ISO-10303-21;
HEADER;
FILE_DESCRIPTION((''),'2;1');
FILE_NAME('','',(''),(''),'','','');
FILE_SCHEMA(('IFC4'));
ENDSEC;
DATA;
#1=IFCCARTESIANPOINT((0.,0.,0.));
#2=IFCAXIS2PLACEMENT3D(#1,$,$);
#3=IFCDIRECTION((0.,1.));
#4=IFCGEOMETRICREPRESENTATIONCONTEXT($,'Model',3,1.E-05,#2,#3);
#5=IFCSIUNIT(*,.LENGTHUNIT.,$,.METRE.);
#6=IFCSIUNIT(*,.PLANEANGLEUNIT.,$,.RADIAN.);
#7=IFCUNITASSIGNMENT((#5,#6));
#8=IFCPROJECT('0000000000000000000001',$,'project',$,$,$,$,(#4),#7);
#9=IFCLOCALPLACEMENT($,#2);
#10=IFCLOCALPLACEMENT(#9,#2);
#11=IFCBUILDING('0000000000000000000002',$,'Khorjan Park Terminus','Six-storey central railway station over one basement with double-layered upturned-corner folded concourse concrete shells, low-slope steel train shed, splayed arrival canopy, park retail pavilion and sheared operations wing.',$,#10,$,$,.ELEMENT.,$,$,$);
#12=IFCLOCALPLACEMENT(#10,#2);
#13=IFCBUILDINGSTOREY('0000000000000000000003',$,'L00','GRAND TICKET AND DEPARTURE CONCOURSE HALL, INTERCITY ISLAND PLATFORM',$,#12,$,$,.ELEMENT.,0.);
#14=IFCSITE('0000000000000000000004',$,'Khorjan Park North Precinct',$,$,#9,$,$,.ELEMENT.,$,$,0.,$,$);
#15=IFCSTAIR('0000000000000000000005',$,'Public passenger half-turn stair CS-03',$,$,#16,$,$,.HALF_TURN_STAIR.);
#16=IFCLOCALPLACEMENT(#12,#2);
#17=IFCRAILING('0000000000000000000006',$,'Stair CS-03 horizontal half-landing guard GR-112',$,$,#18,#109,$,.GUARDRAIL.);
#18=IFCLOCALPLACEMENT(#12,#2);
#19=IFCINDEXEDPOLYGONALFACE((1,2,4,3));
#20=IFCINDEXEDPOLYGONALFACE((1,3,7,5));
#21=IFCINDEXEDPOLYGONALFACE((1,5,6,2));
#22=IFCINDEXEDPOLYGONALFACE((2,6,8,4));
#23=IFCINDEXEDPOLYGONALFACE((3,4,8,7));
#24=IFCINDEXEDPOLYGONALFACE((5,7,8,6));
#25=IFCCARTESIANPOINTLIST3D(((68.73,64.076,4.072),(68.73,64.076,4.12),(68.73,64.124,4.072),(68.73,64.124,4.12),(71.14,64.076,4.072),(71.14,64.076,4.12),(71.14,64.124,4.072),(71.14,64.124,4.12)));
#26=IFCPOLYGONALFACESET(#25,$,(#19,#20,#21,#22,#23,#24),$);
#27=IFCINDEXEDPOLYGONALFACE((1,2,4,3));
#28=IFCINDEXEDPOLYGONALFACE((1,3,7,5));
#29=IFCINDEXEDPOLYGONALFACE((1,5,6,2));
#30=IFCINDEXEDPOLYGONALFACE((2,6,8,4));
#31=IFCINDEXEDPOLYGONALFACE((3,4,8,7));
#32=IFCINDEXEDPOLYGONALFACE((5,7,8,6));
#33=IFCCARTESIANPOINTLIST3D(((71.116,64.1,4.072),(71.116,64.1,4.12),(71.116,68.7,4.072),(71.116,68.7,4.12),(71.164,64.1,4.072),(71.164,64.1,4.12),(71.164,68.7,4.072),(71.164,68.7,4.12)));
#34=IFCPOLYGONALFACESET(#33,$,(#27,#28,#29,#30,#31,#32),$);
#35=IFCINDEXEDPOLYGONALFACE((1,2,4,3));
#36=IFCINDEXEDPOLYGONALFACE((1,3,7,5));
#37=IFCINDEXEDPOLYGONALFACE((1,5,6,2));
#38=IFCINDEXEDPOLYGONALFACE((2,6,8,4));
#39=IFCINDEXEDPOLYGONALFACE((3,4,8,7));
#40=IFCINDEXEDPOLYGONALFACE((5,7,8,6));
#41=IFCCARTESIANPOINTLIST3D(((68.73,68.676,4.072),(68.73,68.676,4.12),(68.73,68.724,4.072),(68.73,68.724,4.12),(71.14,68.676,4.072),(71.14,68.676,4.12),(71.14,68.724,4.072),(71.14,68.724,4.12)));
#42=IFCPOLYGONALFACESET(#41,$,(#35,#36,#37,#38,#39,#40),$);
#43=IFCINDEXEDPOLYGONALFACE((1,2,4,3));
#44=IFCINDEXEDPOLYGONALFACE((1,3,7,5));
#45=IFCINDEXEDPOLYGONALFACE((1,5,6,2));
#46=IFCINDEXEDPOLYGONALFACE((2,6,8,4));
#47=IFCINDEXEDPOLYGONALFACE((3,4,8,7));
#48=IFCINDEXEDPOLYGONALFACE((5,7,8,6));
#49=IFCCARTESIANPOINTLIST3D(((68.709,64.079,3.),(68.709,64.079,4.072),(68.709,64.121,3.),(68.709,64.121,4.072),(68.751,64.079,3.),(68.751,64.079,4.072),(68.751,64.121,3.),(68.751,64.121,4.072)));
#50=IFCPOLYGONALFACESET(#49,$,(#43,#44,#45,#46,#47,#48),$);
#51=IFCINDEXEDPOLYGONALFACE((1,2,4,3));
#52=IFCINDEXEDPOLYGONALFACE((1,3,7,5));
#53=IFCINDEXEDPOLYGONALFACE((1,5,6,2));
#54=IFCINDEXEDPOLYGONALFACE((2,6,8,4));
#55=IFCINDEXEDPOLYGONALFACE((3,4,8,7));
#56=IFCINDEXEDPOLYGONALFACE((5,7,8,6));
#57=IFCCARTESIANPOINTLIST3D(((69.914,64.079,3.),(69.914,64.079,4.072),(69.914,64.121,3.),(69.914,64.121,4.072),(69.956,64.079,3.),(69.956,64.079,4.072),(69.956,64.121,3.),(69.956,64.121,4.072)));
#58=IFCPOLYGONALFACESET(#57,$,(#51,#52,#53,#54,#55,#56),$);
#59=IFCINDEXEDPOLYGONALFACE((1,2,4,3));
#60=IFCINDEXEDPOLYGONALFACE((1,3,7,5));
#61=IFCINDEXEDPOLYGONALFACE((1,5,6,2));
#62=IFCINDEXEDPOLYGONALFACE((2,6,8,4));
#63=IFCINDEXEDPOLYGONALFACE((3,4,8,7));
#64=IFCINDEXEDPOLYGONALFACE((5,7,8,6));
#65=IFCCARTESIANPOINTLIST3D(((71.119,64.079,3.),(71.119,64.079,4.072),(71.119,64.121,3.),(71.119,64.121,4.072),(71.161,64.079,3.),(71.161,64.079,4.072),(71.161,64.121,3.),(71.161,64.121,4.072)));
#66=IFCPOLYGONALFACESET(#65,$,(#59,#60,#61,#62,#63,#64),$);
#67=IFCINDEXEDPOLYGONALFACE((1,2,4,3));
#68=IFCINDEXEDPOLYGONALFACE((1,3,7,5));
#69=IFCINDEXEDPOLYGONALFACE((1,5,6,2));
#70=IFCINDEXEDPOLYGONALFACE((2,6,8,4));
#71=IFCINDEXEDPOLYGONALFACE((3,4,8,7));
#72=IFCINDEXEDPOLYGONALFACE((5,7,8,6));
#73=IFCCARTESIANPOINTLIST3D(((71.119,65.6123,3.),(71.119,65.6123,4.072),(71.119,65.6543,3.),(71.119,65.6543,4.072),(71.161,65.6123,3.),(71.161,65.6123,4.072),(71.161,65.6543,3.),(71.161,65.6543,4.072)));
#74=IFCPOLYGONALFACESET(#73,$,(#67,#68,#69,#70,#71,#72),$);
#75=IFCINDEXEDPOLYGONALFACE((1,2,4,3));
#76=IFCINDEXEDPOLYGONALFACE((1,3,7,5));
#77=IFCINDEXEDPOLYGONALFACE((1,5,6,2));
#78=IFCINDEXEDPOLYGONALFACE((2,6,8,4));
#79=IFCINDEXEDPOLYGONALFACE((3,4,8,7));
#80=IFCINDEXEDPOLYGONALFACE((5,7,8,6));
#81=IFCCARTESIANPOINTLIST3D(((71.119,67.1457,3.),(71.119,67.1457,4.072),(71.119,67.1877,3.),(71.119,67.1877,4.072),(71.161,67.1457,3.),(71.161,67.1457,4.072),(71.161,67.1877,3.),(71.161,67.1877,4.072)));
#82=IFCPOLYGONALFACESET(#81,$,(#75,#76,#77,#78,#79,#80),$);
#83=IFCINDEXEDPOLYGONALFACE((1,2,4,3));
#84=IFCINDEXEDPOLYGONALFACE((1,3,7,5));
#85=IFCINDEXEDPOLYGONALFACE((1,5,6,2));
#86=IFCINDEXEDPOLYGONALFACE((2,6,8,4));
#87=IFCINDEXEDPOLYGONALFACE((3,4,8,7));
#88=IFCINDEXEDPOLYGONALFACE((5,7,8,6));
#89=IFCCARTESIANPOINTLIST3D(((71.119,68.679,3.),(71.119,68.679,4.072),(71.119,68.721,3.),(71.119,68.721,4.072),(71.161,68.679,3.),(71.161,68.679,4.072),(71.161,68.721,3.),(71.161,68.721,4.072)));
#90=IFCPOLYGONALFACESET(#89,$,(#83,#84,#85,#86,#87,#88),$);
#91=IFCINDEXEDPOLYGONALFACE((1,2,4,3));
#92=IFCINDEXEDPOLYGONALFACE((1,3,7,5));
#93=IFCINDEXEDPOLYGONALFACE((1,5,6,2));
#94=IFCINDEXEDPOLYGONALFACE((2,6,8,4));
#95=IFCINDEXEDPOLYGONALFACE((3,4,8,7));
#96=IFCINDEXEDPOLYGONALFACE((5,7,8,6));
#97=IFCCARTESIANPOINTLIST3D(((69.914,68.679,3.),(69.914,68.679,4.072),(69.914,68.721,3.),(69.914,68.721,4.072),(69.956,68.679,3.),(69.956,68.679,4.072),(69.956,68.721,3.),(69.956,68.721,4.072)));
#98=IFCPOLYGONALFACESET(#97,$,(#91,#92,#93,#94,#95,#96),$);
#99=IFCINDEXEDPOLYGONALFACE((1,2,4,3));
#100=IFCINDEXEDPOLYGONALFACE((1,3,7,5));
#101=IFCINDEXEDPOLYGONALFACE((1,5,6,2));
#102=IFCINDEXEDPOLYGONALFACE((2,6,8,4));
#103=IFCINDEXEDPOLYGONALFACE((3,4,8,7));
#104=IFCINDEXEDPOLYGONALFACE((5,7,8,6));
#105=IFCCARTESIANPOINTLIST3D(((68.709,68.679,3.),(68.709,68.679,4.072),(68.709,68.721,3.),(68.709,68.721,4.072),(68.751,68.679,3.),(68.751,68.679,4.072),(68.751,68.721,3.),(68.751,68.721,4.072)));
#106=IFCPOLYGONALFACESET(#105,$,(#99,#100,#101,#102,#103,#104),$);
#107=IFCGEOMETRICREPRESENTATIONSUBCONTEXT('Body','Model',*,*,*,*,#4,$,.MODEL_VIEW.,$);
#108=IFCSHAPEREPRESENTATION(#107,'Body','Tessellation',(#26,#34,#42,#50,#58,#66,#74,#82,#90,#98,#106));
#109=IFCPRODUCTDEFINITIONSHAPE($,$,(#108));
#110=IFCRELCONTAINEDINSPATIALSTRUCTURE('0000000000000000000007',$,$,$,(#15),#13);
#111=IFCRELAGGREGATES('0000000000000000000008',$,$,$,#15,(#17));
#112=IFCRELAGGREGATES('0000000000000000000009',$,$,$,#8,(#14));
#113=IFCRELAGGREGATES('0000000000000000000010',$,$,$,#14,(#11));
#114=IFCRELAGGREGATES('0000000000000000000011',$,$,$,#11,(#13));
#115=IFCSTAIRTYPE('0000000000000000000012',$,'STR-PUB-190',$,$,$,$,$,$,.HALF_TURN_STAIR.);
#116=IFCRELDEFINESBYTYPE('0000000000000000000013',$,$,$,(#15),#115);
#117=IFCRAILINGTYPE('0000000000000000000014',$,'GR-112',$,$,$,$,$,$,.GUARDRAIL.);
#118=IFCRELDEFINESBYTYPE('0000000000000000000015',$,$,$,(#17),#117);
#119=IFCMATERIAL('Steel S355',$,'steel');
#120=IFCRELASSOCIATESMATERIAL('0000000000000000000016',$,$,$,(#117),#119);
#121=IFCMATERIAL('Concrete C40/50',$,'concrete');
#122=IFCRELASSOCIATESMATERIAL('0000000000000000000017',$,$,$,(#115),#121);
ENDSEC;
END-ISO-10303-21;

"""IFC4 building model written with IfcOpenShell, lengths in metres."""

from ifc_helpers import new_model, si_unit, direction, frame, origin, origin_2d, place, context, subcontext, project, spatial, rectangle, extrude, material, type_object, element, aggregate, save


model = new_model("IFC4")

# Units and contexts
model_context = context("Model", 3, precision=1e-05, world=origin(), true_north=direction((0.0, 1.0)))
body_context = subcontext(model_context, "Body", "Model", "MODEL_VIEW")
ifc_project = project(units=[si_unit("LENGTHUNIT", "METRE"), si_unit("PLANEANGLEUNIT", "RADIAN")], contexts=[model_context])

# Site, building, storey
site_placement = place(None, origin())
site = spatial("IfcSite", under=ifc_project, at=site_placement, Name="Khorjan Park North Precinct", CompositionType="ELEMENT", RefElevation=0.0)
building_placement = place(site_placement, origin())
building = spatial("IfcBuilding", under=site, at=building_placement, Name="Khorjan Park Terminus", Description="Six-storey central railway station over one basement with double-layered upturned-corner folded concourse concrete shells, low-slope steel train shed, splayed arrival canopy, park retail pavilion and sheared operations wing.", CompositionType="ELEMENT")
storey_placement = place(building_placement, origin())
storey = spatial("IfcBuildingStorey", under=building, at=storey_placement, Name="L00", Description="GRAND TICKET AND DEPARTURE CONCOURSE HALL, INTERCITY ISLAND PLATFORM", CompositionType="ELEMENT", Elevation=0.0)

# Shared definitions
ifc_material_1 = material(Name="Steel S355", Category="steel")

# Shared definitions
ifc_material_2 = material(Name="Concrete C40/50", Category="concrete")

# Shared definitions
railing_type_1 = type_object("IfcRailingType", Name="GR-112", PredefinedType="GUARDRAIL", material=ifc_material_1)

# Stair, railing
stair_type = type_object("IfcStairType", Name="STR-PUB-190", PredefinedType="HALF_TURN_STAIR", material=ifc_material_2)
stair_placement = place(storey_placement, origin())
stair = element("IfcStair", 1, at=stair_placement, inside=storey, type_object=stair_type, Name="Public passenger half-turn stair CS-03", PredefinedType="HALF_TURN_STAIR")
railing_1_placement = place(storey_placement, frame((68.73, 64.1, 3.0)))
railing_1 = element("IfcRailing", 2, at=railing_1_placement, type_object=railing_type_1, Name="Stair CS-03 horizontal half-landing guard GR-112", PredefinedType="GUARDRAIL", context=body_context, shape_type="SweptSolid", body=[
    extrude(rectangle(XDim=0.048, YDim=0.048, at=origin_2d()), frame((0.0, 0.0, 1.096), z_axis=(1.0, 0.0, 0.0), x_axis=(0.0, 1.0, 0.0)), (0.0, 0.0, 1.0), 2.41),
    extrude(rectangle(XDim=0.048, YDim=0.048, at=origin_2d()), frame((2.41, 0.0, 1.096), z_axis=(0.0, 1.0, 0.0), x_axis=(-1.0, 0.0, 0.0)), (0.0, 0.0, 1.0), 4.6),
    extrude(rectangle(XDim=0.048, YDim=0.048, at=origin_2d()), frame((2.41, 4.6, 1.096), z_axis=(-1.0, 0.0, 0.0), x_axis=(0.0, -1.0, 0.0)), (0.0, 0.0, 1.0), 2.41),
    extrude(rectangle(XDim=0.042, YDim=0.042, at=origin_2d()), origin(), (0.0, 0.0, 1.0), 1.072),
    extrude(rectangle(XDim=0.042, YDim=0.042, at=origin_2d()), frame((1.205, 0.0, 0.0)), (0.0, 0.0, 1.0), 1.072),
    extrude(rectangle(XDim=0.042, YDim=0.042, at=origin_2d()), frame((2.41, 0.0, 0.0)), (0.0, 0.0, 1.0), 1.072),
    extrude(rectangle(XDim=0.042, YDim=0.042, at=origin_2d()), frame((2.41, 1.5333, 0.0)), (0.0, 0.0, 1.0), 1.072),
    extrude(rectangle(XDim=0.042, YDim=0.042, at=origin_2d()), frame((2.41, 3.0667, 0.0)), (0.0, 0.0, 1.0), 1.072),
    extrude(rectangle(XDim=0.042, YDim=0.042, at=origin_2d()), frame((2.41, 4.6, 0.0)), (0.0, 0.0, 1.0), 1.072),
    extrude(rectangle(XDim=0.042, YDim=0.042, at=origin_2d()), frame((1.205, 4.6, 0.0)), (0.0, 0.0, 1.0), 1.072),
    extrude(rectangle(XDim=0.042, YDim=0.042, at=origin_2d()), frame((0.0, 4.6, 0.0)), (0.0, 0.0, 1.0), 1.072),
])
aggregate(stair, [railing_1])

save(model, "model.ifc")
